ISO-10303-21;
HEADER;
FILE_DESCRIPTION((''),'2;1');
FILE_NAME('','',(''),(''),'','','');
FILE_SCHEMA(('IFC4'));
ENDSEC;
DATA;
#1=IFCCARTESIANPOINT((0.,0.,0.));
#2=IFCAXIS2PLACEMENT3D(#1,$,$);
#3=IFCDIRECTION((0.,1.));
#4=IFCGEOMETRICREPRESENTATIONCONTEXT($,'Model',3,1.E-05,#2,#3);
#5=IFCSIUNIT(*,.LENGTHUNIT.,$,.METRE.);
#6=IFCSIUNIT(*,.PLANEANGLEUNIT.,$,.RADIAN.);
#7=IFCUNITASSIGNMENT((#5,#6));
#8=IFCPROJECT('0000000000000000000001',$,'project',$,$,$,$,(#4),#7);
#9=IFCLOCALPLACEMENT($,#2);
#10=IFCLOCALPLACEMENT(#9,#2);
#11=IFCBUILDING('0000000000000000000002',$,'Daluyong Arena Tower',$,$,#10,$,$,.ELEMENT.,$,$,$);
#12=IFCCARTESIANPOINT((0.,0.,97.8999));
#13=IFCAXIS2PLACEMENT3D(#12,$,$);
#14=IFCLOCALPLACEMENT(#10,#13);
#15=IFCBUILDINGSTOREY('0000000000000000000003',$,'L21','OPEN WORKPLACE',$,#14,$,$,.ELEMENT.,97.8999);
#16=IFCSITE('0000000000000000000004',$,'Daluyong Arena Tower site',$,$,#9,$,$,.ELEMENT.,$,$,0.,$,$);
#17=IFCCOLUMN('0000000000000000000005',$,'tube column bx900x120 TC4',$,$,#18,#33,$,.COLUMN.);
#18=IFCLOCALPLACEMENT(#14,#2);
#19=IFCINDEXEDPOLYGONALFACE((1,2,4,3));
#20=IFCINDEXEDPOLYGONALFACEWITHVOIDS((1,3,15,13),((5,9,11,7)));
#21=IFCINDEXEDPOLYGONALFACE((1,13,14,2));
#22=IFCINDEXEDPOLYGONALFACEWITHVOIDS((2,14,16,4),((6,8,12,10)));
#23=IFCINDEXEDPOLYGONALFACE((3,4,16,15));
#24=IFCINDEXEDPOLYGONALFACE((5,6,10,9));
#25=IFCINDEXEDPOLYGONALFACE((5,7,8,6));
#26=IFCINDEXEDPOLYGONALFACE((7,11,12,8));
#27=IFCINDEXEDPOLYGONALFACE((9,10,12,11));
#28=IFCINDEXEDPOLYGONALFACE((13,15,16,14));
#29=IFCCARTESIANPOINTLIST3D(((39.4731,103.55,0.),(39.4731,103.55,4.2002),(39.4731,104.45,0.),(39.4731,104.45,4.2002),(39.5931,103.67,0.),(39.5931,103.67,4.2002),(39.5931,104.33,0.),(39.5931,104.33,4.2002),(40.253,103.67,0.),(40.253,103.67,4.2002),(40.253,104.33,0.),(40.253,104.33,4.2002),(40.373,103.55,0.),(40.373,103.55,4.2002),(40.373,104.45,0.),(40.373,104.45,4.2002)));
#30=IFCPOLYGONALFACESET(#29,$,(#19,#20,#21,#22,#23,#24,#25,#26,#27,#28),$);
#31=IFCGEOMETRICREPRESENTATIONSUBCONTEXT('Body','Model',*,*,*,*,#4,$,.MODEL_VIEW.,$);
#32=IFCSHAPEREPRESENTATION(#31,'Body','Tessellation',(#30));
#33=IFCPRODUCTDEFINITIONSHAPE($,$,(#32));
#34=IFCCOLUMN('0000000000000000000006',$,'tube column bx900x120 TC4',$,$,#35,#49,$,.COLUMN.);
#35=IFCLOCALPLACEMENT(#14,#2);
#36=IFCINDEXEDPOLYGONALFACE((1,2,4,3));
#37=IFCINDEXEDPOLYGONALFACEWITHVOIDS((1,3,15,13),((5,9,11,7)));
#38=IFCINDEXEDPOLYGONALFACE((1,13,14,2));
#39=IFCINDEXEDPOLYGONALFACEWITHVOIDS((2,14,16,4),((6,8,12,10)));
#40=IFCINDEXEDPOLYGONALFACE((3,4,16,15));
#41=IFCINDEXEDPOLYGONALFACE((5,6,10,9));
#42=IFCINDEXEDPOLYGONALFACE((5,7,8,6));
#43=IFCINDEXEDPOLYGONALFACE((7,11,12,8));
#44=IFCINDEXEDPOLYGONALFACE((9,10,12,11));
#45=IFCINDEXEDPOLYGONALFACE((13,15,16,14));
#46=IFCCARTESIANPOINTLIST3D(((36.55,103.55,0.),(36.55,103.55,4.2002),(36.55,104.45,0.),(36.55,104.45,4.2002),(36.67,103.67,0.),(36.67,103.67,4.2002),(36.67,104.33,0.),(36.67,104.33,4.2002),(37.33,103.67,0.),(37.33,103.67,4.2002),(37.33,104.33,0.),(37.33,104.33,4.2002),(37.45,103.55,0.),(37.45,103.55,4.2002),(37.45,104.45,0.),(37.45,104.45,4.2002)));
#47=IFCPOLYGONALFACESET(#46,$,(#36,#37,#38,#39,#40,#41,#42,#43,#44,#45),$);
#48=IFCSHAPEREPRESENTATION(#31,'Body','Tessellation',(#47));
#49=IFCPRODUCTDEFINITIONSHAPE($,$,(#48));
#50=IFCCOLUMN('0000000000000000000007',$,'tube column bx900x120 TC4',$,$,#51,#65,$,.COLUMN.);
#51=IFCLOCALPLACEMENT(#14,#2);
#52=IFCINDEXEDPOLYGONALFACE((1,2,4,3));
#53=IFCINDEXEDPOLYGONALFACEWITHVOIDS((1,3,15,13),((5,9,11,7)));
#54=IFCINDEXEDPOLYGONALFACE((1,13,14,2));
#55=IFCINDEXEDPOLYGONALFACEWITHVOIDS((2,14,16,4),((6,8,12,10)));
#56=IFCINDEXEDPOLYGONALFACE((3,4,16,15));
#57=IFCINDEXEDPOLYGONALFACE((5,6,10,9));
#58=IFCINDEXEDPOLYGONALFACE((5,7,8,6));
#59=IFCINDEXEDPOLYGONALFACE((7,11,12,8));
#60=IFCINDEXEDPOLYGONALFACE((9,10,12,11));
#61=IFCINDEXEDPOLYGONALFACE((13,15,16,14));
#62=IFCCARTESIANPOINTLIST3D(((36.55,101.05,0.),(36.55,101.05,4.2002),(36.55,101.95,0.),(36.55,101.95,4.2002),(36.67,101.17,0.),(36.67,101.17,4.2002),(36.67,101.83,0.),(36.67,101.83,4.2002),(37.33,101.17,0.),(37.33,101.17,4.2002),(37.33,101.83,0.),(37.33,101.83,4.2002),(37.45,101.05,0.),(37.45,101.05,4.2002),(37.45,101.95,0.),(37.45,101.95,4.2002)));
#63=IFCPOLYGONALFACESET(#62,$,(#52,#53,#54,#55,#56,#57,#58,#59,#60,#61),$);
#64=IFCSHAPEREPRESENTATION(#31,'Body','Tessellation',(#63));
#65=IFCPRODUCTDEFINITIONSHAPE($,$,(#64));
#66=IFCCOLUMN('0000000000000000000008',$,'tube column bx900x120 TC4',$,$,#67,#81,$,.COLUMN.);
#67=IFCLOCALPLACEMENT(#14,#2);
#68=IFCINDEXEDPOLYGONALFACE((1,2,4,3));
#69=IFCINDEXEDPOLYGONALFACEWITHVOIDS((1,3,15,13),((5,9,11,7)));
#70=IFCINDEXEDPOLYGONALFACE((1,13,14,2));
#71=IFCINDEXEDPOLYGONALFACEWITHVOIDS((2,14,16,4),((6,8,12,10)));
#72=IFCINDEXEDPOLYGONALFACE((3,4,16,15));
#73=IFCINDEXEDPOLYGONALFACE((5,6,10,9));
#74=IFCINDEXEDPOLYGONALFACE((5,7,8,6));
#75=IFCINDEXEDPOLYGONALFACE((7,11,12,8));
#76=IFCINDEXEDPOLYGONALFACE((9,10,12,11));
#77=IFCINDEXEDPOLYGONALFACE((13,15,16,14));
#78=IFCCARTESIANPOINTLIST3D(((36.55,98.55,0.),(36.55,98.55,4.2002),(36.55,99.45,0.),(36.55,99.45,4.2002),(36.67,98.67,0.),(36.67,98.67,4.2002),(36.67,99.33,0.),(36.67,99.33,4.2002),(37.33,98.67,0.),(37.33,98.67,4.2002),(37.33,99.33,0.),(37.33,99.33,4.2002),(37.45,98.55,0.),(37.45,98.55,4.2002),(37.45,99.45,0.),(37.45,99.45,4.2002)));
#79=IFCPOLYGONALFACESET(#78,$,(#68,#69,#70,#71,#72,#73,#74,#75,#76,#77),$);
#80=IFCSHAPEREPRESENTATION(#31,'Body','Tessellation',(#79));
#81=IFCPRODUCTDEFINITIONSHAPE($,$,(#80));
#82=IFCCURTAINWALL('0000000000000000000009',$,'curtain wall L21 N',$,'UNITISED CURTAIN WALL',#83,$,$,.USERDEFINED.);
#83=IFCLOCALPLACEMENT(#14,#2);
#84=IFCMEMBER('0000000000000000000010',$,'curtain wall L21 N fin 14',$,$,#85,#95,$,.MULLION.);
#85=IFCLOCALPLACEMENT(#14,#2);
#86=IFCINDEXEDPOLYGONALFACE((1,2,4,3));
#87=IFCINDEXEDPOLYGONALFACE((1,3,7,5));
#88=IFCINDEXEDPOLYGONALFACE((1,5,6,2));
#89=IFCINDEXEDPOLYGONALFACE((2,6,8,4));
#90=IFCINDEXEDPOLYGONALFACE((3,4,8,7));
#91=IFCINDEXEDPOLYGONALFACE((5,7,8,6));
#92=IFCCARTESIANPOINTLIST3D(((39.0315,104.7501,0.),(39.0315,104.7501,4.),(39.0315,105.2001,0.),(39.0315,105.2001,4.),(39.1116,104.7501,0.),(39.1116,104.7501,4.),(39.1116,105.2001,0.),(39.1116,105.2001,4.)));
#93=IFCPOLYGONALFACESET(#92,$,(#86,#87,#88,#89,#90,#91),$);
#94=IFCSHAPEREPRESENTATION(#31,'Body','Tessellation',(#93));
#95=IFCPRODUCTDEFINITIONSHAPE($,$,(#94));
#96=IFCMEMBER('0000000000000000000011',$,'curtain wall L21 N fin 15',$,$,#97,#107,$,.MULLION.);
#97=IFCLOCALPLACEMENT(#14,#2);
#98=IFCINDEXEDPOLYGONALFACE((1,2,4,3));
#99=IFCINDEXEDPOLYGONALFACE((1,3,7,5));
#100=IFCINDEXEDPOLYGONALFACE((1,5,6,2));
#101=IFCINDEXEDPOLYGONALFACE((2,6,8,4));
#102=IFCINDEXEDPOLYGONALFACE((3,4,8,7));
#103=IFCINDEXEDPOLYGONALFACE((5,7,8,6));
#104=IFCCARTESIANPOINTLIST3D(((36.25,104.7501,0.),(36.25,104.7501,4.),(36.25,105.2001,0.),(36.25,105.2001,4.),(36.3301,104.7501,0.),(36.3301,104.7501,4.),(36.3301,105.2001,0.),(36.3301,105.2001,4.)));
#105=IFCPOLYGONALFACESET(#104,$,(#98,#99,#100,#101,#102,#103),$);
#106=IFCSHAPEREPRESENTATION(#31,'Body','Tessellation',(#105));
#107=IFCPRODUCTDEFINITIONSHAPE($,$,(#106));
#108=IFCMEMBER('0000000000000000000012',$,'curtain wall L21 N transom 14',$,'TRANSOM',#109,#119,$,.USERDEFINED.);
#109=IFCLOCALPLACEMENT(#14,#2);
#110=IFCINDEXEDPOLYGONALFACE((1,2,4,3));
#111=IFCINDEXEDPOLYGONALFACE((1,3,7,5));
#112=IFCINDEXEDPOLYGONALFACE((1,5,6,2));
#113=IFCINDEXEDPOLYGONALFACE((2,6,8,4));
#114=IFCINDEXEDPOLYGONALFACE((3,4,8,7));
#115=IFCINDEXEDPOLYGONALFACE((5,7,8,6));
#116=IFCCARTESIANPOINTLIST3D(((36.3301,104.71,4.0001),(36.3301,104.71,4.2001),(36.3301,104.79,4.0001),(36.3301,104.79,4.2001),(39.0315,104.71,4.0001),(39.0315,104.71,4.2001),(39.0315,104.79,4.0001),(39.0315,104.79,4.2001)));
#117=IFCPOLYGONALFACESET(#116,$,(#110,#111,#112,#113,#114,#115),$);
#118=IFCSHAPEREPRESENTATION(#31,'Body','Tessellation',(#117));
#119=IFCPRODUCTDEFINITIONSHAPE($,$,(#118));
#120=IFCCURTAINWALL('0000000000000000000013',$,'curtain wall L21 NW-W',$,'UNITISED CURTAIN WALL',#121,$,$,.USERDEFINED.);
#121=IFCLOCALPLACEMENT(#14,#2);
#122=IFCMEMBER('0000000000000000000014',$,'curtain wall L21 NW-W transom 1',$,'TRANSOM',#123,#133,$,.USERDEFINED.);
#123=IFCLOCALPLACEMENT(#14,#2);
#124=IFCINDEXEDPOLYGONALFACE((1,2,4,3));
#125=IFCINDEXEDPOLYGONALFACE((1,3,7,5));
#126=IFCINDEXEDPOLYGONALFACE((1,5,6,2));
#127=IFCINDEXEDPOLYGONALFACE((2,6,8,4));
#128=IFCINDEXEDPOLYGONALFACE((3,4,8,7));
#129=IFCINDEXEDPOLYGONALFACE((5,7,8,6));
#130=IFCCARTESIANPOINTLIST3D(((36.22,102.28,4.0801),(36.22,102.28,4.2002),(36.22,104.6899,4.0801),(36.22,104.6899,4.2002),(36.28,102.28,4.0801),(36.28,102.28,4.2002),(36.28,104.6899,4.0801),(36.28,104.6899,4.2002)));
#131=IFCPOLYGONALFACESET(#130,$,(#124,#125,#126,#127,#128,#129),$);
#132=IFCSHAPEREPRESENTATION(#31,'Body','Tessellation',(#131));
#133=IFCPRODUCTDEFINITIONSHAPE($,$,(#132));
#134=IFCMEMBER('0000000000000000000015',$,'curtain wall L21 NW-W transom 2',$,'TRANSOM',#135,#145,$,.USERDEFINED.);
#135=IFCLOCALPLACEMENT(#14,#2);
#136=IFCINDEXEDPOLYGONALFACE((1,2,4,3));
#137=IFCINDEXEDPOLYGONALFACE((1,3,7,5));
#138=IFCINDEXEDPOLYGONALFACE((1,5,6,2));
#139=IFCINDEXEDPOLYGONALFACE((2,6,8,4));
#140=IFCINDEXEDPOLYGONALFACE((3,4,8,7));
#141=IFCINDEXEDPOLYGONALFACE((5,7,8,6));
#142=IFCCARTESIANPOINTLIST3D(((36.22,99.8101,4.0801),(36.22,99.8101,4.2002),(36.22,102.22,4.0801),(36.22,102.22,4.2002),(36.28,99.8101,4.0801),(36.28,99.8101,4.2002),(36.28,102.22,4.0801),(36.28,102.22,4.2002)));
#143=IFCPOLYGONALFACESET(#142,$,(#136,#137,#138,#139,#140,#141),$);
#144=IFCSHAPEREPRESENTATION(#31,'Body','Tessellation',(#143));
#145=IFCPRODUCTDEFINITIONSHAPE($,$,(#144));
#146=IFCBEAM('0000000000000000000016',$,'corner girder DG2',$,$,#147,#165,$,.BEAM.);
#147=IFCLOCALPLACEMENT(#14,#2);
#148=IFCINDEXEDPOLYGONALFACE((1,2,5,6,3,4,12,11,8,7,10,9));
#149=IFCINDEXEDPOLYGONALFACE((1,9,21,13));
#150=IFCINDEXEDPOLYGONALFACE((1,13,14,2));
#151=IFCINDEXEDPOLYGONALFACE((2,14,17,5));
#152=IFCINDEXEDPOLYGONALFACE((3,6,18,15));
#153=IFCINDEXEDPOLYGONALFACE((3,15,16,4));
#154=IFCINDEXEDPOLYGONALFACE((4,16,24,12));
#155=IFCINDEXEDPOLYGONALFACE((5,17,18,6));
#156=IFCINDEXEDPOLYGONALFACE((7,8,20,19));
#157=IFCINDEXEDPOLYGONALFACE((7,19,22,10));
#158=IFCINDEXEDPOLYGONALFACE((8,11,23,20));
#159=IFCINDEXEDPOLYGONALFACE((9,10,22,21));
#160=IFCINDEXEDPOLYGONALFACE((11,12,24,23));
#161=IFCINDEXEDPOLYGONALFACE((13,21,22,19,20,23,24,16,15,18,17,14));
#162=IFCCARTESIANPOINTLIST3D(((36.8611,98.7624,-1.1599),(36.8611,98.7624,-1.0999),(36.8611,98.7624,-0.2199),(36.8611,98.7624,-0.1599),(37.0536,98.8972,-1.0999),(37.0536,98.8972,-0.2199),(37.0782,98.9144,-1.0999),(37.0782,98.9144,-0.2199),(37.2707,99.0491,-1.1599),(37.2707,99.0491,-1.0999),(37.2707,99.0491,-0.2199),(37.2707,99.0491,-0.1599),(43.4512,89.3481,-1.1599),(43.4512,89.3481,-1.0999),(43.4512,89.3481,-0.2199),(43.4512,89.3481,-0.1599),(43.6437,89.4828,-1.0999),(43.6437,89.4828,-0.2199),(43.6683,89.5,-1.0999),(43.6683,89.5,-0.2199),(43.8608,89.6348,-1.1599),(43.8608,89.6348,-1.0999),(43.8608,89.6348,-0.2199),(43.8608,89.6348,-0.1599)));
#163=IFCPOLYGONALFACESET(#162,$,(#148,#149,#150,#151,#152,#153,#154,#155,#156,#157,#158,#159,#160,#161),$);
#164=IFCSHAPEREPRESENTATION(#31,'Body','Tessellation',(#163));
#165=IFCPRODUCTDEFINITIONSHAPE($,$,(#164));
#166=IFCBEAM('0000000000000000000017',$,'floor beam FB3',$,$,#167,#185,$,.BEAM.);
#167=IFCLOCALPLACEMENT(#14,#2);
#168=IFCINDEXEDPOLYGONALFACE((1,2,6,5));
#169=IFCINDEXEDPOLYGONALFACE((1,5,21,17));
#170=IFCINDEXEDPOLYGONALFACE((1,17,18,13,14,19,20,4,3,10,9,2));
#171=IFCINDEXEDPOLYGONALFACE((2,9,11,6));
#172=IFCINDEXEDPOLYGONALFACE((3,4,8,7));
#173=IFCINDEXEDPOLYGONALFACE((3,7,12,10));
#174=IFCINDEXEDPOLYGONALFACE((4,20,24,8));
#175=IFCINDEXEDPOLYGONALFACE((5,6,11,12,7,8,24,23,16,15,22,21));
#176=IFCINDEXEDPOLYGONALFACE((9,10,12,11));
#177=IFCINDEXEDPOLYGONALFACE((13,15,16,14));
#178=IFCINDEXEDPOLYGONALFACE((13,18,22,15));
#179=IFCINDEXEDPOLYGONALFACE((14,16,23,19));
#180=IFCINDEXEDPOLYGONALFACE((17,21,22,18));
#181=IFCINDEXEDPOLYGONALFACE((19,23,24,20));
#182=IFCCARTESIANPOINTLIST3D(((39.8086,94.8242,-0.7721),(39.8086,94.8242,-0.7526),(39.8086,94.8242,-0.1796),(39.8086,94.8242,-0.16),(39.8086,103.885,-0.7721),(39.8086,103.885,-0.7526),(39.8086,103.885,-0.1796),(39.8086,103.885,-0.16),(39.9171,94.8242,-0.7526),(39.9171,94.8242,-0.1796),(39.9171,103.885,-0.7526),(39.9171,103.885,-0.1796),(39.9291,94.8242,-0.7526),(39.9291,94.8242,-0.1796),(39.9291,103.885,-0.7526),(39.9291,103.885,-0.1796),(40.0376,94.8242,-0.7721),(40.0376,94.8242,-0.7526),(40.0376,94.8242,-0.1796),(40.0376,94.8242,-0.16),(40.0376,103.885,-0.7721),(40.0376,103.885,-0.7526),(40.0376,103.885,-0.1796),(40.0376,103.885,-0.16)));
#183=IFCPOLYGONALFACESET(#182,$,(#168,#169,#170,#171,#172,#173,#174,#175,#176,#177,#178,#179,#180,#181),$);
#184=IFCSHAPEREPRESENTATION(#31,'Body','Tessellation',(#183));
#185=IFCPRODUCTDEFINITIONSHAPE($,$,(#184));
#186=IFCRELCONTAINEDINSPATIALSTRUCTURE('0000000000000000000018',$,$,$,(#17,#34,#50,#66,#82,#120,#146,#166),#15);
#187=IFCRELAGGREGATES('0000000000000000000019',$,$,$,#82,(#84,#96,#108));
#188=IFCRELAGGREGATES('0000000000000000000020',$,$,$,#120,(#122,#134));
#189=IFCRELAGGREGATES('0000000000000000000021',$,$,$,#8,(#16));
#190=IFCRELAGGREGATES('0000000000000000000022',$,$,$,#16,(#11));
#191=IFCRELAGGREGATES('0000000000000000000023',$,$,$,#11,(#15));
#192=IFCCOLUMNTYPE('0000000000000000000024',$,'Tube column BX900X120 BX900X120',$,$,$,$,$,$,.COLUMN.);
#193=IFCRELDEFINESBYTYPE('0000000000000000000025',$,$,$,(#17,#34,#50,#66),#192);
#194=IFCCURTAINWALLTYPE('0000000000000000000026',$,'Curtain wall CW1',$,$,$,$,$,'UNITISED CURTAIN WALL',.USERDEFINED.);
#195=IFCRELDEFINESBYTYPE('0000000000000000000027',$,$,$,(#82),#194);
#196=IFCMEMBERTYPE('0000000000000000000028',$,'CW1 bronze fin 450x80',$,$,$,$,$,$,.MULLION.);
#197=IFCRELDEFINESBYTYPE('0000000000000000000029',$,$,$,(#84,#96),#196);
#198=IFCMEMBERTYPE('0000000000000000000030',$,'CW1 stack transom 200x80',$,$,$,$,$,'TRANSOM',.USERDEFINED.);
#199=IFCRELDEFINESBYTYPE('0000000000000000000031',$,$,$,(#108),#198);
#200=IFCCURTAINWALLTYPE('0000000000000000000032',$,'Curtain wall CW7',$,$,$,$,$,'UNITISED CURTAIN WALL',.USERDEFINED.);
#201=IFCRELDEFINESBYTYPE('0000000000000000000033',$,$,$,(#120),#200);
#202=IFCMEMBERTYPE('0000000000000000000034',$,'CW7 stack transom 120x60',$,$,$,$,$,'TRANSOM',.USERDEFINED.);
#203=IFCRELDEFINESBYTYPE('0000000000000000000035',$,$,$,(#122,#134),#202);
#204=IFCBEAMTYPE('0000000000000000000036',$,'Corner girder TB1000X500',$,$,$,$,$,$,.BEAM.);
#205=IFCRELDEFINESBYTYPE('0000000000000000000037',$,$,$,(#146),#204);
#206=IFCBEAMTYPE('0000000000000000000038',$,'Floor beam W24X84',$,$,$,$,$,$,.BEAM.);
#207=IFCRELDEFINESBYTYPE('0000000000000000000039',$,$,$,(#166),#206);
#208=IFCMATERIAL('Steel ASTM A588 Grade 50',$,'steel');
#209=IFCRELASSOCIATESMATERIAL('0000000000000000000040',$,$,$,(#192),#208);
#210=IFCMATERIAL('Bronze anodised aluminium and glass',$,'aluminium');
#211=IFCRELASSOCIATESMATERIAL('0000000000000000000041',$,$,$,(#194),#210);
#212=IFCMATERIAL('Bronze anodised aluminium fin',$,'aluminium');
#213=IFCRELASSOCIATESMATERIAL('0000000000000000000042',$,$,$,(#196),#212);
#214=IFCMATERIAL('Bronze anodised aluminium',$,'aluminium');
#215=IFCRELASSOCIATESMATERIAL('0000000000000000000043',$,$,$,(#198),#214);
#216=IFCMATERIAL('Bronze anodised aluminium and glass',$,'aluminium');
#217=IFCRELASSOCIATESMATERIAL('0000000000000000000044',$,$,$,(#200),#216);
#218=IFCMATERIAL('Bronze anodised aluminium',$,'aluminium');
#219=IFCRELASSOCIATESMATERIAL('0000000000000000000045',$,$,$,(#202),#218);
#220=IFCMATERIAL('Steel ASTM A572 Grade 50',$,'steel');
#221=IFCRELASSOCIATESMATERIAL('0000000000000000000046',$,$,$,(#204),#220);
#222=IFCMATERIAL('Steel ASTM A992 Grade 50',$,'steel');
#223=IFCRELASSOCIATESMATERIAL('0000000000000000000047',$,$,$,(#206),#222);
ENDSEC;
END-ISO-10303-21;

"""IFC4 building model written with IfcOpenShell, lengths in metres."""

from ifc_helpers import new_model, si_unit, direction, frame, origin, origin_2d, place, context, subcontext, project, spatial, rectangle, hollow_rectangle, i_section, extrude, material, material_profile, profile_set, type_object, element, aggregate, save


model = new_model("IFC4")

# Units and contexts
model_context = context("Model", 3, precision=1e-05, world=origin(), true_north=direction((0.0, 1.0)))
body_context = subcontext(model_context, "Body", "Model", "MODEL_VIEW")
ifc_project = project(units=[si_unit("LENGTHUNIT", "METRE"), si_unit("PLANEANGLEUNIT", "RADIAN")], contexts=[model_context])

# Site, building, storey
site_placement = place(None, origin())
site = spatial("IfcSite", under=ifc_project, at=site_placement, Name="Daluyong Arena Tower site", CompositionType="ELEMENT", RefElevation=0.0)
building_placement = place(site_placement, origin())
building = spatial("IfcBuilding", under=site, at=building_placement, Name="Daluyong Arena Tower", CompositionType="ELEMENT")
storey_placement = place(building_placement, frame((0.0, 0.0, 97.8999)))
storey = spatial("IfcBuildingStorey", under=building, at=storey_placement, Name="L21", Description="OPEN WORKPLACE", CompositionType="ELEMENT", Elevation=97.8999)

# Columns
ifc_material_1 = material(Name="Steel ASTM A588 Grade 50", Category="steel")
ifc_material_profile_1 = material_profile(ifc_material_1, hollow_rectangle(XDim=0.8999, YDim=0.8999, WallThickness=0.12, at=origin_2d()))
ifc_profile_set_1 = profile_set([ifc_material_profile_1], Name="Steel ASTM A588 Grade 50")
column_type = type_object("IfcColumnType", Name="Tube column BX900X120 BX900X120", PredefinedType="COLUMN", material=ifc_profile_set_1)
for number, where, z_axis, x_axis, name in (
    (1, (39.9231, 104.0, 0.0), (0.0, 0.0, 1.0), (1.0, 0.0, 0.0), "tube column bx900x120 TC4"),
    (2, (37.0, 104.0, 0.0), (0.0, 0.0, 1.0), (0.0, 1.0, 0.0), "tube column bx900x120 TC4"),
    (3, (37.0, 101.5, 0.0), (0.0, 0.0, 1.0), (0.0, 1.0, 0.0), "tube column bx900x120 TC4"),
    (4, (37.0, 99.0, 0.0), (0.0, 0.0, 1.0), (1.0, 0.0, 0.0), "tube column bx900x120 TC4"),
):
    element("IfcColumn", number, at=place(storey_placement, frame(where, z_axis=z_axis, x_axis=x_axis)), inside=storey, type_object=column_type, Name=name, PredefinedType="COLUMN", context=body_context, shape_type="SweptSolid", body=[
        extrude(hollow_rectangle(XDim=0.8999, YDim=0.8999, WallThickness=0.12, at=origin_2d()), origin(), (0.0, 0.0, 1.0), 4.2002),
    ])

# Curtain walls, members
ifc_material_2 = material(Name="Bronze anodised aluminium and glass", Category="aluminium")
curtain_wall_type_1 = type_object("IfcCurtainWallType", Name="Curtain wall CW1", ElementType="UNITISED CURTAIN WALL", PredefinedType="USERDEFINED", material=ifc_material_2)
curtain_wall_1_placement = place(storey_placement, origin())
curtain_wall_1 = element("IfcCurtainWall", 5, at=curtain_wall_1_placement, inside=storey, type_object=curtain_wall_type_1, Name="curtain wall L21 N", ObjectType="UNITISED CURTAIN WALL", PredefinedType="USERDEFINED")
ifc_material_3 = material(Name="Bronze anodised aluminium fin", Category="aluminium")
ifc_material_profile_2 = material_profile(ifc_material_3, rectangle(XDim=0.45, YDim=0.0801, at=origin_2d()))
ifc_profile_set_2 = profile_set([ifc_material_profile_2], Name="Bronze anodised aluminium fin")
member_type_1 = type_object("IfcMemberType", Name="CW1 bronze fin 450x80", PredefinedType="MULLION", material=ifc_profile_set_2)
member_1_placement = place(storey_placement, frame((39.0715, 104.9751, 0.0), z_axis=(0.0, 0.0, 1.0), x_axis=(0.0, -1.0, 0.0)))
member_1 = element("IfcMember", 6, at=member_1_placement, type_object=member_type_1, Name="curtain wall L21 N fin 14", PredefinedType="MULLION", context=body_context, shape_type="SweptSolid", body=[
    extrude(rectangle(XDim=0.45, YDim=0.0801, at=origin_2d()), origin(), (0.0, 0.0, 1.0), 4.0),
])
member_2_placement = place(storey_placement, frame((36.29, 104.9751, 0.0), z_axis=(0.0, 0.0, 1.0), x_axis=(0.0, -1.0, 0.0)))
member_2 = element("IfcMember", 7, at=member_2_placement, type_object=member_type_1, Name="curtain wall L21 N fin 15", PredefinedType="MULLION", context=body_context, shape_type="SweptSolid", body=[
    extrude(rectangle(XDim=0.45, YDim=0.0801, at=origin_2d()), origin(), (0.0, 0.0, 1.0), 4.0),
])
ifc_material_4 = material(Name="Bronze anodised aluminium", Category="aluminium")
ifc_material_profile_3 = material_profile(ifc_material_4, rectangle(XDim=0.0801, YDim=0.2, at=origin_2d()))
ifc_profile_set_3 = profile_set([ifc_material_profile_3], Name="Bronze anodised aluminium")
member_type_2 = type_object("IfcMemberType", Name="CW1 stack transom 200x80", ElementType="TRANSOM", PredefinedType="USERDEFINED", material=ifc_profile_set_3)
member_3_placement = place(storey_placement, frame((39.0315, 104.75, 4.1001), z_axis=(-1.0, 0.0, 0.0), x_axis=(0.0, -1.0, 0.0)))
member_3 = element("IfcMember", 8, at=member_3_placement, type_object=member_type_2, Name="curtain wall L21 N transom 14", ObjectType="TRANSOM", PredefinedType="USERDEFINED", context=body_context, shape_type="SweptSolid", body=[
    extrude(rectangle(XDim=0.0801, YDim=0.2, at=origin_2d()), origin(), (0.0, 0.0, 1.0), 2.7014),
])
ifc_material_5 = material(Name="Bronze anodised aluminium and glass", Category="aluminium")
curtain_wall_type_2 = type_object("IfcCurtainWallType", Name="Curtain wall CW7", ElementType="UNITISED CURTAIN WALL", PredefinedType="USERDEFINED", material=ifc_material_5)
curtain_wall_2_placement = place(storey_placement, origin())
curtain_wall_2 = element("IfcCurtainWall", 9, at=curtain_wall_2_placement, inside=storey, type_object=curtain_wall_type_2, Name="curtain wall L21 NW-W", ObjectType="UNITISED CURTAIN WALL", PredefinedType="USERDEFINED")
ifc_material_6 = material(Name="Bronze anodised aluminium", Category="aluminium")
ifc_material_profile_4 = material_profile(ifc_material_6, rectangle(XDim=0.0601, YDim=0.1201, at=origin_2d()))
ifc_profile_set_4 = profile_set([ifc_material_profile_4], Name="Bronze anodised aluminium")
member_type_3 = type_object("IfcMemberType", Name="CW7 stack transom 120x60", ElementType="TRANSOM", PredefinedType="USERDEFINED", material=ifc_profile_set_4)
member_4_placement = place(storey_placement, frame((36.25, 104.6899, 4.1401), z_axis=(0.0, -1.0, 0.0), x_axis=(1.0, 0.0, 0.0)))
member_4 = element("IfcMember", 10, at=member_4_placement, type_object=member_type_3, Name="curtain wall L21 NW-W transom 1", ObjectType="TRANSOM", PredefinedType="USERDEFINED", context=body_context, shape_type="SweptSolid", body=[
    extrude(rectangle(XDim=0.0601, YDim=0.1201, at=origin_2d()), origin(), (0.0, 0.0, 1.0), 2.4099),
])
member_5_placement = place(storey_placement, frame((36.25, 102.22, 4.1401), z_axis=(0.0, -1.0, 0.0), x_axis=(1.0, 0.0, 0.0)))
member_5 = element("IfcMember", 11, at=member_5_placement, type_object=member_type_3, Name="curtain wall L21 NW-W transom 2", ObjectType="TRANSOM", PredefinedType="USERDEFINED", context=body_context, shape_type="SweptSolid", body=[
    extrude(rectangle(XDim=0.0601, YDim=0.1201, at=origin_2d()), origin(), (0.0, 0.0, 1.0), 2.4099),
])

# Beams
ifc_material_7 = material(Name="Steel ASTM A572 Grade 50", Category="steel")
ifc_material_profile_5 = material_profile(ifc_material_7, i_section(OverallWidth=0.5, OverallDepth=1.0, WebThickness=0.03, FlangeThickness=0.06, at=origin_2d()))
ifc_profile_set_5 = profile_set([ifc_material_profile_5], Name="Steel ASTM A572 Grade 50")
beam_type_1 = type_object("IfcBeamType", Name="Corner girder TB1000X500", PredefinedType="BEAM", material=ifc_profile_set_5)
beam_1_placement = place(storey_placement, frame((37.0659, 98.9058, -0.6599), z_axis=(0.573467, -0.819229, 0.0), x_axis=(0.819229, 0.573467, 0.0)))
element("IfcBeam", 12, at=beam_1_placement, inside=storey, type_object=beam_type_1, Name="corner girder DG2", PredefinedType="BEAM", context=body_context, shape_type="SweptSolid", body=[
    extrude(i_section(OverallWidth=0.5, OverallDepth=1.0, WebThickness=0.03, FlangeThickness=0.06, at=origin_2d()), origin(), (0.0, 0.0, 1.0), 11.4917),
])
ifc_material_8 = material(Name="Steel ASTM A992 Grade 50", Category="steel")
ifc_material_profile_6 = material_profile(ifc_material_8, i_section(OverallWidth=0.229, OverallDepth=0.6121, WebThickness=0.012, FlangeThickness=0.0195, at=origin_2d()))
ifc_profile_set_6 = profile_set([ifc_material_profile_6], Name="Steel ASTM A992 Grade 50")
beam_type_2 = type_object("IfcBeamType", Name="Floor beam W24X84", PredefinedType="BEAM", material=ifc_profile_set_6)
beam_2_placement = place(storey_placement, frame((39.9231, 103.885, -0.4661), z_axis=(0.0, -1.0, 0.0), x_axis=(1.0, 0.0, 0.0)))
element("IfcBeam", 13, at=beam_2_placement, inside=storey, type_object=beam_type_2, Name="floor beam FB3", PredefinedType="BEAM", context=body_context, shape_type="SweptSolid", body=[
    extrude(i_section(OverallWidth=0.229, OverallDepth=0.6121, WebThickness=0.012, FlangeThickness=0.0195, at=origin_2d()), origin(), (0.0, 0.0, 1.0), 9.0608),
])

aggregate(curtain_wall_1, [member_1, member_2, member_3])
aggregate(curtain_wall_2, [member_4, member_5])

save(model, "model.ifc")
